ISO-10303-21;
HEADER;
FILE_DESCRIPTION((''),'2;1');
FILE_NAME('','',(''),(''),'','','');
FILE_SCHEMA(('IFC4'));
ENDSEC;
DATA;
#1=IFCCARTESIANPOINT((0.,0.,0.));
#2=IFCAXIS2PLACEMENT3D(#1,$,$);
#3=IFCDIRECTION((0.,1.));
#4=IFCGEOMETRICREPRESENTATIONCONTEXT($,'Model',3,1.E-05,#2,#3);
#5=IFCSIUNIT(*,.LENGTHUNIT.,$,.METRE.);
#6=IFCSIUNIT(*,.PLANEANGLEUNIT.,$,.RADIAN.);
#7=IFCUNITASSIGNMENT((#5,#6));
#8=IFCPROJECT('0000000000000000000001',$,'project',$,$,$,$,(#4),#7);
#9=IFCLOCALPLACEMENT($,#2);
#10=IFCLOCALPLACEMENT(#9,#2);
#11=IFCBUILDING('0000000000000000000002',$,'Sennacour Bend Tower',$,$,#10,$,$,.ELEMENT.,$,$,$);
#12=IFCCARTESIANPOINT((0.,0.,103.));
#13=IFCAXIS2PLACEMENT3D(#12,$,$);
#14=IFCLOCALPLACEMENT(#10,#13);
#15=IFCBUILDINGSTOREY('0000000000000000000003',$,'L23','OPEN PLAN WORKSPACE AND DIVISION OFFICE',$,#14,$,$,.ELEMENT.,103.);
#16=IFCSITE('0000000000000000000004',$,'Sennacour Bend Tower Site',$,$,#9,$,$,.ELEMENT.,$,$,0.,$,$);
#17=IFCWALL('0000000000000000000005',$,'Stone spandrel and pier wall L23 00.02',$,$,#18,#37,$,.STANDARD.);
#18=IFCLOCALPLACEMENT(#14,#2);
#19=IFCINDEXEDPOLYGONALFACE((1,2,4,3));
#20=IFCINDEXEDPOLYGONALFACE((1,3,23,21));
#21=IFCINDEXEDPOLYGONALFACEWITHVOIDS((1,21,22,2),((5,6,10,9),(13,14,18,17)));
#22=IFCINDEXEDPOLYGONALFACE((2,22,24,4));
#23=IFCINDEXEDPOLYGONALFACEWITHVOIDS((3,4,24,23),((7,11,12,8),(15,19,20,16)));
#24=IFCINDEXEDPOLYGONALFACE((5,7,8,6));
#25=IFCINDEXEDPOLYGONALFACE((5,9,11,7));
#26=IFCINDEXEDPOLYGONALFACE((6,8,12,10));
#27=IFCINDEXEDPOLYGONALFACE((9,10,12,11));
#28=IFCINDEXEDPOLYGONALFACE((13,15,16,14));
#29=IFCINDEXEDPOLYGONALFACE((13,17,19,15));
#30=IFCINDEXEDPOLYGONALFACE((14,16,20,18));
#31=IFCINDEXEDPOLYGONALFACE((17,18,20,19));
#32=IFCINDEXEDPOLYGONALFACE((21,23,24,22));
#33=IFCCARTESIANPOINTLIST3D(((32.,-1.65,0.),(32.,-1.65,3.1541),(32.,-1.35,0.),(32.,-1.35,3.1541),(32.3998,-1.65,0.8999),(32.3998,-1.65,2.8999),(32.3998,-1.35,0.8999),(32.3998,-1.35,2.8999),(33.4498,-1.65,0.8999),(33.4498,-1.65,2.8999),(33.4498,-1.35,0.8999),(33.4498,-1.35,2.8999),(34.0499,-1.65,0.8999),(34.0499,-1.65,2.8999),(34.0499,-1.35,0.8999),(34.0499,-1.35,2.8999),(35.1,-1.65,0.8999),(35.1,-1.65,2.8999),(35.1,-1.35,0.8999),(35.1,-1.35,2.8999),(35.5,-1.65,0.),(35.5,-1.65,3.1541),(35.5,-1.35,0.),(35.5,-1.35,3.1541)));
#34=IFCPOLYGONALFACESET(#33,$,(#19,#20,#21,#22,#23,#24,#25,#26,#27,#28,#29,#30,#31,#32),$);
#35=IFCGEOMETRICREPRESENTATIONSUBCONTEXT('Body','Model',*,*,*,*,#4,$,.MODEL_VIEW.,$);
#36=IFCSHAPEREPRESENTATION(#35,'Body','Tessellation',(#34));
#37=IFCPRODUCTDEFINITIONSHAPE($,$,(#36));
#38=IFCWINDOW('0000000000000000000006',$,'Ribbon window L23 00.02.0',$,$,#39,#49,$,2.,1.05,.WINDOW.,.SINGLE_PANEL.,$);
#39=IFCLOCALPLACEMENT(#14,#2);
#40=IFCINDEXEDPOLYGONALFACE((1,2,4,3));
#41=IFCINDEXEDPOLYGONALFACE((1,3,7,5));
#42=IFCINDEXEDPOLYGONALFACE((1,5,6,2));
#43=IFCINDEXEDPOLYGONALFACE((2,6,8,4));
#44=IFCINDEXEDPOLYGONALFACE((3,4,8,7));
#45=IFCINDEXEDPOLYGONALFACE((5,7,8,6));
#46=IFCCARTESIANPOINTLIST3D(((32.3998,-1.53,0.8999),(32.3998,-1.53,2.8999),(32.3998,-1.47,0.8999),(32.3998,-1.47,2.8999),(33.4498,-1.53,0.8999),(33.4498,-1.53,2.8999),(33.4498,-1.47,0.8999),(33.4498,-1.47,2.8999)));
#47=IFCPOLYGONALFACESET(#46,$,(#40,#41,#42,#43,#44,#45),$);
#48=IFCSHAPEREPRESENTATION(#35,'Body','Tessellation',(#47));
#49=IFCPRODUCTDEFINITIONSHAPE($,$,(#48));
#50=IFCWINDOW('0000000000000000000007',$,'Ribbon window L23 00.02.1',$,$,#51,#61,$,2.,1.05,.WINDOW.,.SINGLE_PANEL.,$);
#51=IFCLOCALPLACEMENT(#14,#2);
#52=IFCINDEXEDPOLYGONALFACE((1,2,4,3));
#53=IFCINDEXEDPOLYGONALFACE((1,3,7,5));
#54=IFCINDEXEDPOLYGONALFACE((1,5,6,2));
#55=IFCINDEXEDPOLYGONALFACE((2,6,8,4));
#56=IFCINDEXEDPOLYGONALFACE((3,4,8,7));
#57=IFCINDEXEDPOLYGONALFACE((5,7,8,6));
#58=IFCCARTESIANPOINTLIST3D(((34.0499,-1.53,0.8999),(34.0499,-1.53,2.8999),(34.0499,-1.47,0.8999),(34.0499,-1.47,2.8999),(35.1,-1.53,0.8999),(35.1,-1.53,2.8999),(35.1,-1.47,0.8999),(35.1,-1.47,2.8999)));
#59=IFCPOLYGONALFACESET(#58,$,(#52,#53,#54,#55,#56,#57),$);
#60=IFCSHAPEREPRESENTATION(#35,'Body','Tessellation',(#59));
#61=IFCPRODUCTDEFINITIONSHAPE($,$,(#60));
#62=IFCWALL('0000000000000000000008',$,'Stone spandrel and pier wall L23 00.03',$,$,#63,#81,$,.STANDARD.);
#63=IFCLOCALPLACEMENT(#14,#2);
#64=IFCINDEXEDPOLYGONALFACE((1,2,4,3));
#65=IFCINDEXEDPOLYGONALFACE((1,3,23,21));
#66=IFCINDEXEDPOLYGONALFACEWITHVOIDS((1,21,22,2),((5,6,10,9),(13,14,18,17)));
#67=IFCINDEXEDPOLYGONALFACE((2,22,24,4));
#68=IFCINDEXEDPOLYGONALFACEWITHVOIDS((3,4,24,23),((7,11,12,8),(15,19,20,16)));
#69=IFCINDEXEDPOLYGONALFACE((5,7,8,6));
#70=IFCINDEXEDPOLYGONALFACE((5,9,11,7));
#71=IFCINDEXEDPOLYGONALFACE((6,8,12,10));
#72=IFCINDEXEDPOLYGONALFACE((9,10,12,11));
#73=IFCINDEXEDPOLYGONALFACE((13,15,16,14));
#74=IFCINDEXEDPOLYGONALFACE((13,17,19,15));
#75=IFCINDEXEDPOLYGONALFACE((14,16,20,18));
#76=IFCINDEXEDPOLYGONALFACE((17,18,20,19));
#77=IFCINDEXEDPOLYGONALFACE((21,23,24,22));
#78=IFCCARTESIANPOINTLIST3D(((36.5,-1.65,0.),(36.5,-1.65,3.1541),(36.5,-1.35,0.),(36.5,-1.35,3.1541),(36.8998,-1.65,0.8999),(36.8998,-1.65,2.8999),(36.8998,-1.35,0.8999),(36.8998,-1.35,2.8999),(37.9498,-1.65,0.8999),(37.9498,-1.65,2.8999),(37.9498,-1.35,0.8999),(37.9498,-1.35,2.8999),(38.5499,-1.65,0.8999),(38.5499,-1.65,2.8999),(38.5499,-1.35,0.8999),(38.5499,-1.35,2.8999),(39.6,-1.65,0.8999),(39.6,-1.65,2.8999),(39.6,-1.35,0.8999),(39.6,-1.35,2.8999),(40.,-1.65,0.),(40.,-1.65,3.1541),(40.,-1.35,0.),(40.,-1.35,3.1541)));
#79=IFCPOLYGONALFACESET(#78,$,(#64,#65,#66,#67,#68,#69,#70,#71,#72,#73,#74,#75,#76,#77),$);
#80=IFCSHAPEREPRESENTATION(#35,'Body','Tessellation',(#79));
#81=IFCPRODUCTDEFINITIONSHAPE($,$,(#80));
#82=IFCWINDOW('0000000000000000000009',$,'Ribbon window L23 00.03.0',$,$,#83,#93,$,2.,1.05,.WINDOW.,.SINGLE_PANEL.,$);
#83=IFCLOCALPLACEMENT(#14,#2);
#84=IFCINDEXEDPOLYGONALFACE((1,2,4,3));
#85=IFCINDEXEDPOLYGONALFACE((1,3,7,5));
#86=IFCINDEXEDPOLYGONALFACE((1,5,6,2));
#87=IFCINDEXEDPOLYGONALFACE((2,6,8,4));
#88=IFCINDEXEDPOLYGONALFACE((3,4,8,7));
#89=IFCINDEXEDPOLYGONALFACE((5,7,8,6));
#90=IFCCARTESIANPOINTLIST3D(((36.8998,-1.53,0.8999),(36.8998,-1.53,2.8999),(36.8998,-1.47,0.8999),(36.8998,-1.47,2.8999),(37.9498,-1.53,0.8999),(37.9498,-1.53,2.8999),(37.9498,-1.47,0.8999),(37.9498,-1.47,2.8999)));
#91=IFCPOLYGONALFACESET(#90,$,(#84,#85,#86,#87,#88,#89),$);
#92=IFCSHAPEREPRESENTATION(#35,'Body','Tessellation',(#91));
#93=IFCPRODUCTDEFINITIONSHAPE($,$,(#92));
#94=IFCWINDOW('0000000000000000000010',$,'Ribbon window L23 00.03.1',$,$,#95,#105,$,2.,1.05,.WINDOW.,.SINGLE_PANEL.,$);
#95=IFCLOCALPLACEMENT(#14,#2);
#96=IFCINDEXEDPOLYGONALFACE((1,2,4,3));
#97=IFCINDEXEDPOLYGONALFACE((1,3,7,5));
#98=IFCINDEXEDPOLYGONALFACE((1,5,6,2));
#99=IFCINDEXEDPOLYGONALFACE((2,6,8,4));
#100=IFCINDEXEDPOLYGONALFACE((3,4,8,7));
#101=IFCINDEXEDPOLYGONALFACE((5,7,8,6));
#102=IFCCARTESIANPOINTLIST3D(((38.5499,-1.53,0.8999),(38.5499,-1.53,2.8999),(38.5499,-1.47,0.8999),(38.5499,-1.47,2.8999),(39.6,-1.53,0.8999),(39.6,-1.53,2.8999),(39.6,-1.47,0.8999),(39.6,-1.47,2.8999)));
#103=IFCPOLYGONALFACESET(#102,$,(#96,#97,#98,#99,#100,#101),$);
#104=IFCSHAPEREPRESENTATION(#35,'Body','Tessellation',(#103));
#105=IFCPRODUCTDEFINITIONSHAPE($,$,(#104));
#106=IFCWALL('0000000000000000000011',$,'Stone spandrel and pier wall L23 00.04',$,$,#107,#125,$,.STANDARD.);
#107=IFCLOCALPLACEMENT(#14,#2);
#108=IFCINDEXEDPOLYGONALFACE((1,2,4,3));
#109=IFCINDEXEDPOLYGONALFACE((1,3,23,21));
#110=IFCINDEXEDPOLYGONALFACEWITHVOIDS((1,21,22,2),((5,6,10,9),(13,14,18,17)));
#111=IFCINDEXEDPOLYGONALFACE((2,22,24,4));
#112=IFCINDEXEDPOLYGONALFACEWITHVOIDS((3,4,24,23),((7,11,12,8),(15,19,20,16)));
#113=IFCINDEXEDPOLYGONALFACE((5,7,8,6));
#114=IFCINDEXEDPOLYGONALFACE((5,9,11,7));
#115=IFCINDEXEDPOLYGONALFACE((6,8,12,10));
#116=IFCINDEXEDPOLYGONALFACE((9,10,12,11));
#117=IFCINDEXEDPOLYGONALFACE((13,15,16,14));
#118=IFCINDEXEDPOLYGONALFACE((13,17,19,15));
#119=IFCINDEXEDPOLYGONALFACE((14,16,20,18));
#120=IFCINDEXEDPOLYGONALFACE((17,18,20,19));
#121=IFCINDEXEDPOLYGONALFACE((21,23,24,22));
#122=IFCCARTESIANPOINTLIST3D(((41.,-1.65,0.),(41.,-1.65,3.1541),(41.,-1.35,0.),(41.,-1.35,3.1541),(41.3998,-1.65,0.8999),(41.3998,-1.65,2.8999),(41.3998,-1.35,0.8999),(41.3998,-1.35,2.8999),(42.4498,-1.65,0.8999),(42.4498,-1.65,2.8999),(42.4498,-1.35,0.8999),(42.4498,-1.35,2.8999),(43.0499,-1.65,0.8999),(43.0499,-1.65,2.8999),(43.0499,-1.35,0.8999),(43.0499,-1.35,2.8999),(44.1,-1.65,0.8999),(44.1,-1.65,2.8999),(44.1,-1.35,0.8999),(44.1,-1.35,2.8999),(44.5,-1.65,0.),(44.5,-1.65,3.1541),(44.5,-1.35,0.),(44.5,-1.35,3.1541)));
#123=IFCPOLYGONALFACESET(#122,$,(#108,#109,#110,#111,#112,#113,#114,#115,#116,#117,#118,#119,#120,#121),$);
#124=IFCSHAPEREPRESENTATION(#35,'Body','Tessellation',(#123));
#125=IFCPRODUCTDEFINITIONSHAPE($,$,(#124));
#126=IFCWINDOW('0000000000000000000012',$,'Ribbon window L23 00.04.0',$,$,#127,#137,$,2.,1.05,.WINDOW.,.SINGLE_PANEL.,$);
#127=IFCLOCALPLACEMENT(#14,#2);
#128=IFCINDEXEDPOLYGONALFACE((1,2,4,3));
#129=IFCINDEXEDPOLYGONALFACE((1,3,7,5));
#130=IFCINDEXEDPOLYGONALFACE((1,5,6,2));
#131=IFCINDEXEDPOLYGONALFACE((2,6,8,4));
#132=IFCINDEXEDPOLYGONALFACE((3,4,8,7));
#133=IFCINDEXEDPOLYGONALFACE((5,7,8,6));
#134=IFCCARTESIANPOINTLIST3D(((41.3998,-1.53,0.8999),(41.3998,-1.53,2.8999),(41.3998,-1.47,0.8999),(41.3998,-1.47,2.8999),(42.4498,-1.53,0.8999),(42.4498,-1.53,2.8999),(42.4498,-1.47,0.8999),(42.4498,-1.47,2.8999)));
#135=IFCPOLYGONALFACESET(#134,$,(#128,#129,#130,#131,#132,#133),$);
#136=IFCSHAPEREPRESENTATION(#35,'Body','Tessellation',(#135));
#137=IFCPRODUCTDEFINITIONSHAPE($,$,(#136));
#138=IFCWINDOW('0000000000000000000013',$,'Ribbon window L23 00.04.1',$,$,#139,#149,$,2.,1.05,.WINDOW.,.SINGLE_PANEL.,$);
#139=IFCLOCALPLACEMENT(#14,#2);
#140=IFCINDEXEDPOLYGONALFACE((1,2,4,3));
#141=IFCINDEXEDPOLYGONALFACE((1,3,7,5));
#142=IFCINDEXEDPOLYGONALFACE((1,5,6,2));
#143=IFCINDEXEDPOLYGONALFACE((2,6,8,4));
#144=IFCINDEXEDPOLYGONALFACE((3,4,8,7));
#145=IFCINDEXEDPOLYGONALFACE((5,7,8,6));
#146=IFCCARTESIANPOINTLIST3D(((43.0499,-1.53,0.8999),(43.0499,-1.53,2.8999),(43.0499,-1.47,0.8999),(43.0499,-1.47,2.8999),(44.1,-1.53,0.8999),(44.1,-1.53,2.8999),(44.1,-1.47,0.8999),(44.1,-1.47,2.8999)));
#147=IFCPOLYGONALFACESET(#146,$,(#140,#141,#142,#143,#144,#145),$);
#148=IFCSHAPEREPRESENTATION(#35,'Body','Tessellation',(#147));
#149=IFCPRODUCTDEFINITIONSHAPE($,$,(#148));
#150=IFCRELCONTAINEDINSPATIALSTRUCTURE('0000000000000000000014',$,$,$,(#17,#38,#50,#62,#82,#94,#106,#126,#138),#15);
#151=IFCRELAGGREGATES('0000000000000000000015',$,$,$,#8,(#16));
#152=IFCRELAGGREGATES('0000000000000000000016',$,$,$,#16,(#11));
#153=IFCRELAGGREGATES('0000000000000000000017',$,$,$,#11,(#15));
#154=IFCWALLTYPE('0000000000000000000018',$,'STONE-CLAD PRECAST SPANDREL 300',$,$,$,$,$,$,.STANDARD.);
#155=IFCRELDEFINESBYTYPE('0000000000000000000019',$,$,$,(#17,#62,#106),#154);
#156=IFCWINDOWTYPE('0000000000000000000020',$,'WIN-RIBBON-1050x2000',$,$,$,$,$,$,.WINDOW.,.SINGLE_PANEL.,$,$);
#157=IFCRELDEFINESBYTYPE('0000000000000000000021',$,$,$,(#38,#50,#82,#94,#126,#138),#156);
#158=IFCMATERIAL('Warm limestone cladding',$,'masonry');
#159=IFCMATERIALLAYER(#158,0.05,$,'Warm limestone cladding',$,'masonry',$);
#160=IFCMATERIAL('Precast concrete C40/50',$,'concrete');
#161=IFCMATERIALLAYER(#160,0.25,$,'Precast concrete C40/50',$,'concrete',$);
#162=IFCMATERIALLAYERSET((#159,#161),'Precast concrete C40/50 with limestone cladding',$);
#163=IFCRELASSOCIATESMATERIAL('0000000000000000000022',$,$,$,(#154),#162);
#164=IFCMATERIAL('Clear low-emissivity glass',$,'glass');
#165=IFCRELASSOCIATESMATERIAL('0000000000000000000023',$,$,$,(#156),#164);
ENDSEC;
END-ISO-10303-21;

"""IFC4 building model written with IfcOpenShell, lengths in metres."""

from ifc_helpers import new_model, si_unit, direction, frame, frame_2d, origin, place, context, subcontext, project, spatial, rectangle, extrude, material, layer, layer_set, type_object, element, fill, save


model = new_model("IFC4")

# Units and contexts
model_context = context("Model", 3, precision=1e-05, world=origin(), true_north=direction((0.0, 1.0)))
body_context = subcontext(model_context, "Body", "Model", "MODEL_VIEW")
ifc_project = project(units=[si_unit("LENGTHUNIT", "METRE"), si_unit("PLANEANGLEUNIT", "RADIAN")], contexts=[model_context])

# Site, building, storey
site_placement = place(None, origin())
site = spatial("IfcSite", under=ifc_project, at=site_placement, Name="Sennacour Bend Tower Site", CompositionType="ELEMENT", RefElevation=0.0)
building_placement = place(site_placement, origin())
building = spatial("IfcBuilding", under=site, at=building_placement, Name="Sennacour Bend Tower", CompositionType="ELEMENT")
storey_placement = place(building_placement, frame((0.0, 0.0, 103.0)))
storey = spatial("IfcBuildingStorey", under=building, at=storey_placement, Name="L23", Description="OPEN PLAN WORKSPACE AND DIVISION OFFICE", CompositionType="ELEMENT", Elevation=103.0)

# Walls, openings, windows
ifc_material_1 = material(Name="Warm limestone cladding", Category="masonry")
ifc_layer_1 = layer(ifc_material_1, 0.05, Name="Warm limestone cladding", Category="masonry")
ifc_material_2 = material(Name="Precast concrete C40/50", Category="concrete")
ifc_layer_2 = layer(ifc_material_2, 0.25, Name="Precast concrete C40/50", Category="concrete")
ifc_layer_set_1 = layer_set([ifc_layer_1, ifc_layer_2], Name="Precast concrete C40/50 with limestone cladding")
wall_type_1 = type_object("IfcWallType", Name="STONE-CLAD PRECAST SPANDREL 300", PredefinedType="STANDARD", material=ifc_layer_set_1)
wall_1_placement = place(storey_placement, frame((32.0, -1.5, 0.0), z_axis=(0.0, 0.0, 1.0), x_axis=(1.0, 0.0, 0.0)))
wall_1 = element("IfcWall", 1, at=wall_1_placement, inside=storey, type_object=wall_type_1, Name="Stone spandrel and pier wall L23 00.02", PredefinedType="STANDARD", context=body_context, shape_type="SweptSolid", body=[
    extrude(rectangle(XDim=3.5, YDim=0.3, at=frame_2d((1.75, 0.0))), origin(), (0.0, 0.0, 1.0), 3.1541),
])
opening_1_placement = place(wall_1_placement, frame((0.3999, 0.0, 0.8999)))
opening_1 = element("IfcOpeningElement", 2, at=opening_1_placement, cuts=wall_1, PredefinedType="OPENING", context=body_context, shape_type="SweptSolid", body=[
    extrude(rectangle(XDim=1.05, YDim=2.0, at=frame_2d((0.5249, 1.0))), frame((0.0, 0.1602, 0.0), z_axis=(0.0, -1.0, 0.0), x_axis=(1.0, 0.0, 0.0)), (0.0, 0.0, 1.0), 0.3201),
])
opening_2_placement = place(wall_1_placement, frame((2.05, 0.0, 0.8999)))
opening_2 = element("IfcOpeningElement", 3, at=opening_2_placement, cuts=wall_1, PredefinedType="OPENING", context=body_context, shape_type="SweptSolid", body=[
    extrude(rectangle(XDim=1.05, YDim=2.0, at=frame_2d((0.5249, 1.0))), frame((0.0, 0.1602, 0.0), z_axis=(0.0, -1.0, 0.0), x_axis=(1.0, 0.0, 0.0)), (0.0, 0.0, 1.0), 0.3201),
])
ifc_material_3 = material(Name="Clear low-emissivity glass", Category="glass")
window_type = type_object("IfcWindowType", Name="WIN-RIBBON-1050x2000", PartitioningType="SINGLE_PANEL", PredefinedType="WINDOW", material=ifc_material_3)
window_1_placement = place(opening_1_placement, origin())
window_1 = element("IfcWindow", 4, at=window_1_placement, inside=storey, type_object=window_type, Name="Ribbon window L23 00.02.0", OverallHeight=2.0, OverallWidth=1.05, PartitioningType="SINGLE_PANEL", PredefinedType="WINDOW", context=body_context, shape_type="SweptSolid", body=[
    extrude(rectangle(XDim=1.05, YDim=2.0, at=frame_2d((0.5249, 1.0))), frame((0.0, 0.03, 0.0), z_axis=(0.0, -1.0, 0.0), x_axis=(1.0, 0.0, 0.0)), (0.0, 0.0, 1.0), 0.0601),
])
fill(opening_1, window_1)
window_2_placement = place(opening_2_placement, origin())
window_2 = element("IfcWindow", 5, at=window_2_placement, inside=storey, type_object=window_type, Name="Ribbon window L23 00.02.1", OverallHeight=2.0, OverallWidth=1.05, PartitioningType="SINGLE_PANEL", PredefinedType="WINDOW", context=body_context, shape_type="SweptSolid", body=[
    extrude(rectangle(XDim=1.05, YDim=2.0, at=frame_2d((0.5249, 1.0))), frame((0.0, 0.03, 0.0), z_axis=(0.0, -1.0, 0.0), x_axis=(1.0, 0.0, 0.0)), (0.0, 0.0, 1.0), 0.0601),
])
fill(opening_2, window_2)
wall_2_placement = place(storey_placement, frame((36.5, -1.5, 0.0), z_axis=(0.0, 0.0, 1.0), x_axis=(1.0, 0.0, 0.0)))
wall_2 = element("IfcWall", 6, at=wall_2_placement, inside=storey, type_object=wall_type_1, Name="Stone spandrel and pier wall L23 00.03", PredefinedType="STANDARD", context=body_context, shape_type="SweptSolid", body=[
    extrude(rectangle(XDim=3.5, YDim=0.3, at=frame_2d((1.75, 0.0))), origin(), (0.0, 0.0, 1.0), 3.1541),
])
opening_3_placement = place(wall_2_placement, frame((0.3999, 0.0, 0.8999)))
opening_3 = element("IfcOpeningElement", 7, at=opening_3_placement, cuts=wall_2, PredefinedType="OPENING", context=body_context, shape_type="SweptSolid", body=[
    extrude(rectangle(XDim=1.05, YDim=2.0, at=frame_2d((0.5249, 1.0))), frame((0.0, 0.1602, 0.0), z_axis=(0.0, -1.0, 0.0), x_axis=(1.0, 0.0, 0.0)), (0.0, 0.0, 1.0), 0.3201),
])
opening_4_placement = place(wall_2_placement, frame((2.05, 0.0, 0.8999)))
opening_4 = element("IfcOpeningElement", 8, at=opening_4_placement, cuts=wall_2, PredefinedType="OPENING", context=body_context, shape_type="SweptSolid", body=[
    extrude(rectangle(XDim=1.05, YDim=2.0, at=frame_2d((0.5249, 1.0))), frame((0.0, 0.1602, 0.0), z_axis=(0.0, -1.0, 0.0), x_axis=(1.0, 0.0, 0.0)), (0.0, 0.0, 1.0), 0.3201),
])
window_3_placement = place(opening_3_placement, origin())
window_3 = element("IfcWindow", 9, at=window_3_placement, inside=storey, type_object=window_type, Name="Ribbon window L23 00.03.0", OverallHeight=2.0, OverallWidth=1.05, PartitioningType="SINGLE_PANEL", PredefinedType="WINDOW", context=body_context, shape_type="SweptSolid", body=[
    extrude(rectangle(XDim=1.05, YDim=2.0, at=frame_2d((0.5249, 1.0))), frame((0.0, 0.03, 0.0), z_axis=(0.0, -1.0, 0.0), x_axis=(1.0, 0.0, 0.0)), (0.0, 0.0, 1.0), 0.0601),
])
fill(opening_3, window_3)
window_4_placement = place(opening_4_placement, origin())
window_4 = element("IfcWindow", 10, at=window_4_placement, inside=storey, type_object=window_type, Name="Ribbon window L23 00.03.1", OverallHeight=2.0, OverallWidth=1.05, PartitioningType="SINGLE_PANEL", PredefinedType="WINDOW", context=body_context, shape_type="SweptSolid", body=[
    extrude(rectangle(XDim=1.05, YDim=2.0, at=frame_2d((0.5249, 1.0))), frame((0.0, 0.03, 0.0), z_axis=(0.0, -1.0, 0.0), x_axis=(1.0, 0.0, 0.0)), (0.0, 0.0, 1.0), 0.0601),
])
fill(opening_4, window_4)
wall_3_placement = place(storey_placement, frame((41.0, -1.5, 0.0), z_axis=(0.0, 0.0, 1.0), x_axis=(1.0, 0.0, 0.0)))
wall_3 = element("IfcWall", 11, at=wall_3_placement, inside=storey, type_object=wall_type_1, Name="Stone spandrel and pier wall L23 00.04", PredefinedType="STANDARD", context=body_context, shape_type="SweptSolid", body=[
    extrude(rectangle(XDim=3.5, YDim=0.3, at=frame_2d((1.75, 0.0))), origin(), (0.0, 0.0, 1.0), 3.1541),
])
opening_5_placement = place(wall_3_placement, frame((0.3999, 0.0, 0.8999)))
opening_5 = element("IfcOpeningElement", 12, at=opening_5_placement, cuts=wall_3, PredefinedType="OPENING", context=body_context, shape_type="SweptSolid", body=[
    extrude(rectangle(XDim=1.05, YDim=2.0, at=frame_2d((0.5249, 1.0))), frame((0.0, 0.1602, 0.0), z_axis=(0.0, -1.0, 0.0), x_axis=(1.0, 0.0, 0.0)), (0.0, 0.0, 1.0), 0.3201),
])
opening_6_placement = place(wall_3_placement, frame((2.05, 0.0, 0.8999)))
opening_6 = element("IfcOpeningElement", 13, at=opening_6_placement, cuts=wall_3, PredefinedType="OPENING", context=body_context, shape_type="SweptSolid", body=[
    extrude(rectangle(XDim=1.05, YDim=2.0, at=frame_2d((0.5249, 1.0))), frame((0.0, 0.1602, 0.0), z_axis=(0.0, -1.0, 0.0), x_axis=(1.0, 0.0, 0.0)), (0.0, 0.0, 1.0), 0.3201),
])
window_5_placement = place(opening_5_placement, origin())
window_5 = element("IfcWindow", 14, at=window_5_placement, inside=storey, type_object=window_type, Name="Ribbon window L23 00.04.0", OverallHeight=2.0, OverallWidth=1.05, PartitioningType="SINGLE_PANEL", PredefinedType="WINDOW", context=body_context, shape_type="SweptSolid", body=[
    extrude(rectangle(XDim=1.05, YDim=2.0, at=frame_2d((0.5249, 1.0))), frame((0.0, 0.03, 0.0), z_axis=(0.0, -1.0, 0.0), x_axis=(1.0, 0.0, 0.0)), (0.0, 0.0, 1.0), 0.0601),
])
fill(opening_5, window_5)
window_6_placement = place(opening_6_placement, origin())
window_6 = element("IfcWindow", 15, at=window_6_placement, inside=storey, type_object=window_type, Name="Ribbon window L23 00.04.1", OverallHeight=2.0, OverallWidth=1.05, PartitioningType="SINGLE_PANEL", PredefinedType="WINDOW", context=body_context, shape_type="SweptSolid", body=[
    extrude(rectangle(XDim=1.05, YDim=2.0, at=frame_2d((0.5249, 1.0))), frame((0.0, 0.03, 0.0), z_axis=(0.0, -1.0, 0.0), x_axis=(1.0, 0.0, 0.0)), (0.0, 0.0, 1.0), 0.0601),
])
fill(opening_6, window_6)

save(model, "model.ifc")
